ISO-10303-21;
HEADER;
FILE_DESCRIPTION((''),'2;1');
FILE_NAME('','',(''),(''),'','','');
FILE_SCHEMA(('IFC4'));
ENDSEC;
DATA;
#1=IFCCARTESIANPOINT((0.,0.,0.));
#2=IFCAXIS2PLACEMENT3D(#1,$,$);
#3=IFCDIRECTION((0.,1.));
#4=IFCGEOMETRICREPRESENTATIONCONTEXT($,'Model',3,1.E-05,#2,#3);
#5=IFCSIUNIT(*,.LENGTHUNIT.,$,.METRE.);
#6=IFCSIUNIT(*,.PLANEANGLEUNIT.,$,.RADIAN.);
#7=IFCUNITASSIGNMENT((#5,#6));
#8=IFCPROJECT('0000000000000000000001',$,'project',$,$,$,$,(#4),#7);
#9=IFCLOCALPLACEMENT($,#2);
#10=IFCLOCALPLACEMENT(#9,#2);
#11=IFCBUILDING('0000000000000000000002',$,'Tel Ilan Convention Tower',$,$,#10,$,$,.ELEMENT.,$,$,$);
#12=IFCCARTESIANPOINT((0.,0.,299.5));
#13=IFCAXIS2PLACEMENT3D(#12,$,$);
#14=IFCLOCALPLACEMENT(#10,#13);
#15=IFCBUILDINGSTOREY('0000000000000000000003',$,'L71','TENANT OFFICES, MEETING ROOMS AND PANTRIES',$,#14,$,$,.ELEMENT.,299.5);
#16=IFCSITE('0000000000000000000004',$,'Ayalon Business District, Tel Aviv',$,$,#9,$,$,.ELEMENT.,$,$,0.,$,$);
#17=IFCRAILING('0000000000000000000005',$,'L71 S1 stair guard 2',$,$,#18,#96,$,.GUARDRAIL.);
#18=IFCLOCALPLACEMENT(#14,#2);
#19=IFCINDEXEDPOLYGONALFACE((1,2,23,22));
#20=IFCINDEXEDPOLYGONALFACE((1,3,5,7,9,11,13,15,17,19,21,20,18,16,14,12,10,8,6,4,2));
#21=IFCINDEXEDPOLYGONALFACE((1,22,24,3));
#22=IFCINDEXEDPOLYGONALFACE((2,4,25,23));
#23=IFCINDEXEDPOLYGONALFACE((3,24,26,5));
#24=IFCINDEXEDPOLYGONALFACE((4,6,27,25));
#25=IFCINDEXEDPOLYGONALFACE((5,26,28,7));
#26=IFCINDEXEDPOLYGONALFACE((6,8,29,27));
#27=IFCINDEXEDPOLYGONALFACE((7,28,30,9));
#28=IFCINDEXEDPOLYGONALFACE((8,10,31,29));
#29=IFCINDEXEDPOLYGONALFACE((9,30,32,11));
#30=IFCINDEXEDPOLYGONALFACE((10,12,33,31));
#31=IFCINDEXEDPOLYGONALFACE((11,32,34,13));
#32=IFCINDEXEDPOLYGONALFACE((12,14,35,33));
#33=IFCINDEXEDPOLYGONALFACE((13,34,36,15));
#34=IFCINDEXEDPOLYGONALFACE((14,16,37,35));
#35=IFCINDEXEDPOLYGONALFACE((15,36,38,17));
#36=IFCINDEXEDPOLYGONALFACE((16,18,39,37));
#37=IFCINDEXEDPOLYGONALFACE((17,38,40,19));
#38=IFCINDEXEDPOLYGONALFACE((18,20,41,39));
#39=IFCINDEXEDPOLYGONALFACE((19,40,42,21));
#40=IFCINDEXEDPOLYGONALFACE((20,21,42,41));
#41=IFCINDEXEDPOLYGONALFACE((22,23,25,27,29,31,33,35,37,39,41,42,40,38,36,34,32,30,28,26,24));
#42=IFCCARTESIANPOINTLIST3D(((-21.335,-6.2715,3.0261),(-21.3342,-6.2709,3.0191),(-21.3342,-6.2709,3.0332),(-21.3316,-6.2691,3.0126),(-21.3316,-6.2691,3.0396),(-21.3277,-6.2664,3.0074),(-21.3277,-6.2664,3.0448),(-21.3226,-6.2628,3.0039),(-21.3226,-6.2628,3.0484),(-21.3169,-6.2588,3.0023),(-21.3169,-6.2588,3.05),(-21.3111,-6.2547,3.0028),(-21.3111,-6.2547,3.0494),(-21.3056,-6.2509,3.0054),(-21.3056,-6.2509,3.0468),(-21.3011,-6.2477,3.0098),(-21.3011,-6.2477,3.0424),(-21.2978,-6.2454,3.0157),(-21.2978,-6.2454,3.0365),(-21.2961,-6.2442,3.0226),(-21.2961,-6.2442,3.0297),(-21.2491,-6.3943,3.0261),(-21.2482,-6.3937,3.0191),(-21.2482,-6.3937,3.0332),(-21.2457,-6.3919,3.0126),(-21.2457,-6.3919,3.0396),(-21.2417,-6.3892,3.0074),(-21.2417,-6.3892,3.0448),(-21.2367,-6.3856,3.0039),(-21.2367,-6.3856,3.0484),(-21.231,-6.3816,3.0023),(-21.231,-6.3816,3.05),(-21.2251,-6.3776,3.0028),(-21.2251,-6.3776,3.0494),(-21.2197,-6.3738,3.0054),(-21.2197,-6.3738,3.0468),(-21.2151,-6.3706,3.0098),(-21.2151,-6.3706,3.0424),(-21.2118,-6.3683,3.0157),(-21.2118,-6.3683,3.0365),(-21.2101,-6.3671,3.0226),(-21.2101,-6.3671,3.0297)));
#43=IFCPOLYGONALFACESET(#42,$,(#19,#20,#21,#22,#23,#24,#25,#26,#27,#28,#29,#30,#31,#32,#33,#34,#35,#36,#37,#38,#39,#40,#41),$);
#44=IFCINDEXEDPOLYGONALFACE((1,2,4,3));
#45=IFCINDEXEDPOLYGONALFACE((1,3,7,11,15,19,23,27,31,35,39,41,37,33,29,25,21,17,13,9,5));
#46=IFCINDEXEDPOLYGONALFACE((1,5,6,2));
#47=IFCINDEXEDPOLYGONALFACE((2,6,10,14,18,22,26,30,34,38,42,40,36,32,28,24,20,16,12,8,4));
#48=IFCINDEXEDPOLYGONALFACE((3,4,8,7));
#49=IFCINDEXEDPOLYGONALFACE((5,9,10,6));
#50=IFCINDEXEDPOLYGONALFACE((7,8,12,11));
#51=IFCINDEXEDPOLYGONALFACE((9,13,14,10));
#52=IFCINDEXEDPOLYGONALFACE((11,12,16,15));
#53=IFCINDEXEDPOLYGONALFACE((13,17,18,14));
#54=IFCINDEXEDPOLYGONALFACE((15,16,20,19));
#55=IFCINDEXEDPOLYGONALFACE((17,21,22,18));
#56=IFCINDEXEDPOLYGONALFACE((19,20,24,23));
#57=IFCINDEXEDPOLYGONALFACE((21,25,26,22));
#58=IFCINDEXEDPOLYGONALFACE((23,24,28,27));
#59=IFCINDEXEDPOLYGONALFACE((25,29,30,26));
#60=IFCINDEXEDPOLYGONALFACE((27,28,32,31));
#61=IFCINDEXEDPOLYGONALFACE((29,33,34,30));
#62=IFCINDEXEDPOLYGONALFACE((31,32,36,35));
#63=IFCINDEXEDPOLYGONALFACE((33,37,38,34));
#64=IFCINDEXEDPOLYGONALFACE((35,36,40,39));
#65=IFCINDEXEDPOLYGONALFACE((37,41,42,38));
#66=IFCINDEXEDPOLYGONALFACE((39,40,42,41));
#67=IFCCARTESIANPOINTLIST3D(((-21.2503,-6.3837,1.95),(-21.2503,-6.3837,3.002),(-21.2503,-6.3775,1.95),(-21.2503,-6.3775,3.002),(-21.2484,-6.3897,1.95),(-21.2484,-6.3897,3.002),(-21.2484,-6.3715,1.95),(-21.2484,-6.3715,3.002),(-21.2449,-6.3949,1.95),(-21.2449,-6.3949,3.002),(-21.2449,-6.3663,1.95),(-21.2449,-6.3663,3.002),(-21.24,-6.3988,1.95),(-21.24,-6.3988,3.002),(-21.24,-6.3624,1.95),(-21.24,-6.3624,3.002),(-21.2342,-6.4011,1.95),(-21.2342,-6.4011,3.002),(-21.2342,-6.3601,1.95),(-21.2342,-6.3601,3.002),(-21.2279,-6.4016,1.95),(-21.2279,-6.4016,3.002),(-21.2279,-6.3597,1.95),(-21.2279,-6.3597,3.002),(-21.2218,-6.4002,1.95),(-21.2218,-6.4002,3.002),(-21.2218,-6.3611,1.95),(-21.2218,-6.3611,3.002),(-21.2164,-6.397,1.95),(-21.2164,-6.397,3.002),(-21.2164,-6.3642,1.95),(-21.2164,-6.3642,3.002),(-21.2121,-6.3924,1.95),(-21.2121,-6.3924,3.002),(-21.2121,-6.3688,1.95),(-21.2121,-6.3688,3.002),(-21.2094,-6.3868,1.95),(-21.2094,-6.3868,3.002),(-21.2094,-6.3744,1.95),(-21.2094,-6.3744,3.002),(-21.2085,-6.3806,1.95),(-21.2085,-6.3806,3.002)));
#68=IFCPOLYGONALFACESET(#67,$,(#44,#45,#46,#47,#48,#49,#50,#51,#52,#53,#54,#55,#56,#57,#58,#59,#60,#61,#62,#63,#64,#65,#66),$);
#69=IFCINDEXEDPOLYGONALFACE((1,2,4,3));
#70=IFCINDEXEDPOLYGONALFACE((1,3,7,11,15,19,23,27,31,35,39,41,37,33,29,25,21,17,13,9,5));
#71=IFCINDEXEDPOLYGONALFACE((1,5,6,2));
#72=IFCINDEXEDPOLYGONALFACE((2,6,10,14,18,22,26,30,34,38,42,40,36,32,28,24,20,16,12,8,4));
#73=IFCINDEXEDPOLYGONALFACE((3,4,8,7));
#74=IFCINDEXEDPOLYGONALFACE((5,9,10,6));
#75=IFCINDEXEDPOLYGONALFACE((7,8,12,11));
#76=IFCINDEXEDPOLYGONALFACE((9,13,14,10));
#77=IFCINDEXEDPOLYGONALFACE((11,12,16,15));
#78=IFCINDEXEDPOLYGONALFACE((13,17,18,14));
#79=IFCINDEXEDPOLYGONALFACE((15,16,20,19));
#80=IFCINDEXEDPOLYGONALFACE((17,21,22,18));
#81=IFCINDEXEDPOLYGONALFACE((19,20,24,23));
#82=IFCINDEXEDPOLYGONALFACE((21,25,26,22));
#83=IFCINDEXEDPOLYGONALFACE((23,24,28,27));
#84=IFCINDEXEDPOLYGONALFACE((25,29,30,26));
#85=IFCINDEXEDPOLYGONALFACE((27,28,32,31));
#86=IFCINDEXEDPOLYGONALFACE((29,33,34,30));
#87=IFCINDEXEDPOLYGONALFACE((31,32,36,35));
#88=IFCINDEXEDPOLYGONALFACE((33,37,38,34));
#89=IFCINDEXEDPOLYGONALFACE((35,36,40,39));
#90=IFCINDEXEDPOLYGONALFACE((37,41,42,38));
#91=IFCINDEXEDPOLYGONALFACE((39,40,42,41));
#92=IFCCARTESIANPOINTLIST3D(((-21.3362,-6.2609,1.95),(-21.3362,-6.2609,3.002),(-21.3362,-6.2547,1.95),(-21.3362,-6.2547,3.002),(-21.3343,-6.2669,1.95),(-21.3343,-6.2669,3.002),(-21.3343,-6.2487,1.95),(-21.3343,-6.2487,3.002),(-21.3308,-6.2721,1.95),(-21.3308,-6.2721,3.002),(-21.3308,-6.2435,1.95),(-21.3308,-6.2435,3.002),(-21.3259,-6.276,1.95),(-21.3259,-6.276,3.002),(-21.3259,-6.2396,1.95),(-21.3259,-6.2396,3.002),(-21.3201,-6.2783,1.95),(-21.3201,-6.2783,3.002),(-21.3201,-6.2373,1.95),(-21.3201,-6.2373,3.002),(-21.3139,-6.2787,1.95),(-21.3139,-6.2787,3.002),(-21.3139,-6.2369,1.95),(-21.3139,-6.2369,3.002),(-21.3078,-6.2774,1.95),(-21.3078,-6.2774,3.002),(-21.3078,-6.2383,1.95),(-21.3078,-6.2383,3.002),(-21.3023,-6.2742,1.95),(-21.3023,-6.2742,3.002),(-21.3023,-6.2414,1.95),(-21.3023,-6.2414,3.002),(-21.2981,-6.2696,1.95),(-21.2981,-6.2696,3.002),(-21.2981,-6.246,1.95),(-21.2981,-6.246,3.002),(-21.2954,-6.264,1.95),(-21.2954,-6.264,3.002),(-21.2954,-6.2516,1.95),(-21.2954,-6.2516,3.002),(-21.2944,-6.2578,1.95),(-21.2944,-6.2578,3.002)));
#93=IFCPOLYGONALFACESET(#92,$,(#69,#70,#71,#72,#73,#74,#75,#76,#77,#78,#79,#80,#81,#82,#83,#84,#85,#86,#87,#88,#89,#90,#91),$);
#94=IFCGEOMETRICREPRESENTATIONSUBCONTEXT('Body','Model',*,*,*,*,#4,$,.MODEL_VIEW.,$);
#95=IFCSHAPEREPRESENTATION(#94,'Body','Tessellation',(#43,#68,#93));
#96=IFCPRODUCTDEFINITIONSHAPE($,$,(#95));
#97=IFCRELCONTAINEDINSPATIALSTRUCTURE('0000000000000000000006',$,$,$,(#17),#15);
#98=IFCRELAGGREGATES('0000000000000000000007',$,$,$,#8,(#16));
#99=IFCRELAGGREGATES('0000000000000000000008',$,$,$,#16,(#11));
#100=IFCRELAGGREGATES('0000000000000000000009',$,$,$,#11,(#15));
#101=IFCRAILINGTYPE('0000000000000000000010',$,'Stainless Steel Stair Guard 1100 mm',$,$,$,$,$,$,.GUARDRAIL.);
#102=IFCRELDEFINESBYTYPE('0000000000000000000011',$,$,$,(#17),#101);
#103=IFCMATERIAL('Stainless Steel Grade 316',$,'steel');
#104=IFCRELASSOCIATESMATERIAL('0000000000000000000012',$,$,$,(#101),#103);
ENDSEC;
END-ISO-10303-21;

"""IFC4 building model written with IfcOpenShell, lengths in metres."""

from ifc_helpers import new_model, si_unit, direction, frame, origin, origin_2d, place, context, subcontext, project, spatial, circle, extrude, material, type_object, element, save


model = new_model("IFC4")

# Units and contexts
model_context = context("Model", 3, precision=1e-05, world=origin(), true_north=direction((0.0, 1.0)))
body_context = subcontext(model_context, "Body", "Model", "MODEL_VIEW")
ifc_project = project(units=[si_unit("LENGTHUNIT", "METRE"), si_unit("PLANEANGLEUNIT", "RADIAN")], contexts=[model_context])

# Site, building, storey
site_placement = place(None, origin())
site = spatial("IfcSite", under=ifc_project, at=site_placement, Name="Ayalon Business District, Tel Aviv", CompositionType="ELEMENT", RefElevation=0.0)
building_placement = place(site_placement, origin())
building = spatial("IfcBuilding", under=site, at=building_placement, Name="Tel Ilan Convention Tower", CompositionType="ELEMENT")
storey_placement = place(building_placement, frame((0.0, 0.0, 299.5)))
storey = spatial("IfcBuildingStorey", under=building, at=storey_placement, Name="L71", Description="TENANT OFFICES, MEETING ROOMS AND PANTRIES", CompositionType="ELEMENT", Elevation=299.5)

# Railing
ifc_material_1 = material(Name="Stainless Steel Grade 316", Category="steel")
railing_type_1 = type_object("IfcRailingType", Name="Stainless Steel Stair Guard 1100 mm", PredefinedType="GUARDRAIL", material=ifc_material_1)
railing_1_placement = place(storey_placement, frame((-21.2295, -6.3806, 1.95)))
element("IfcRailing", 1, at=railing_1_placement, inside=storey, type_object=railing_type_1, Name="L71 S1 stair guard 2", PredefinedType="GUARDRAIL", context=body_context, shape_type="SweptSolid", body=[
    extrude(circle(Radius=0.0239, at=origin_2d()), frame((0.0, 0.0, 1.0762), z_axis=(-0.573353, 0.819308, 0.0), x_axis=(-0.819308, -0.573353, 0.0)), (0.0, 0.0, 1.0), 0.1499),
    extrude(circle(Radius=0.021, at=origin_2d()), origin(), (0.0, 0.0, 1.0), 1.052),
    extrude(circle(Radius=0.021, at=origin_2d()), frame((-0.0859, 0.1228, 0.0)), (0.0, 0.0, 1.0), 1.052),
])

save(model, "model.ifc")
